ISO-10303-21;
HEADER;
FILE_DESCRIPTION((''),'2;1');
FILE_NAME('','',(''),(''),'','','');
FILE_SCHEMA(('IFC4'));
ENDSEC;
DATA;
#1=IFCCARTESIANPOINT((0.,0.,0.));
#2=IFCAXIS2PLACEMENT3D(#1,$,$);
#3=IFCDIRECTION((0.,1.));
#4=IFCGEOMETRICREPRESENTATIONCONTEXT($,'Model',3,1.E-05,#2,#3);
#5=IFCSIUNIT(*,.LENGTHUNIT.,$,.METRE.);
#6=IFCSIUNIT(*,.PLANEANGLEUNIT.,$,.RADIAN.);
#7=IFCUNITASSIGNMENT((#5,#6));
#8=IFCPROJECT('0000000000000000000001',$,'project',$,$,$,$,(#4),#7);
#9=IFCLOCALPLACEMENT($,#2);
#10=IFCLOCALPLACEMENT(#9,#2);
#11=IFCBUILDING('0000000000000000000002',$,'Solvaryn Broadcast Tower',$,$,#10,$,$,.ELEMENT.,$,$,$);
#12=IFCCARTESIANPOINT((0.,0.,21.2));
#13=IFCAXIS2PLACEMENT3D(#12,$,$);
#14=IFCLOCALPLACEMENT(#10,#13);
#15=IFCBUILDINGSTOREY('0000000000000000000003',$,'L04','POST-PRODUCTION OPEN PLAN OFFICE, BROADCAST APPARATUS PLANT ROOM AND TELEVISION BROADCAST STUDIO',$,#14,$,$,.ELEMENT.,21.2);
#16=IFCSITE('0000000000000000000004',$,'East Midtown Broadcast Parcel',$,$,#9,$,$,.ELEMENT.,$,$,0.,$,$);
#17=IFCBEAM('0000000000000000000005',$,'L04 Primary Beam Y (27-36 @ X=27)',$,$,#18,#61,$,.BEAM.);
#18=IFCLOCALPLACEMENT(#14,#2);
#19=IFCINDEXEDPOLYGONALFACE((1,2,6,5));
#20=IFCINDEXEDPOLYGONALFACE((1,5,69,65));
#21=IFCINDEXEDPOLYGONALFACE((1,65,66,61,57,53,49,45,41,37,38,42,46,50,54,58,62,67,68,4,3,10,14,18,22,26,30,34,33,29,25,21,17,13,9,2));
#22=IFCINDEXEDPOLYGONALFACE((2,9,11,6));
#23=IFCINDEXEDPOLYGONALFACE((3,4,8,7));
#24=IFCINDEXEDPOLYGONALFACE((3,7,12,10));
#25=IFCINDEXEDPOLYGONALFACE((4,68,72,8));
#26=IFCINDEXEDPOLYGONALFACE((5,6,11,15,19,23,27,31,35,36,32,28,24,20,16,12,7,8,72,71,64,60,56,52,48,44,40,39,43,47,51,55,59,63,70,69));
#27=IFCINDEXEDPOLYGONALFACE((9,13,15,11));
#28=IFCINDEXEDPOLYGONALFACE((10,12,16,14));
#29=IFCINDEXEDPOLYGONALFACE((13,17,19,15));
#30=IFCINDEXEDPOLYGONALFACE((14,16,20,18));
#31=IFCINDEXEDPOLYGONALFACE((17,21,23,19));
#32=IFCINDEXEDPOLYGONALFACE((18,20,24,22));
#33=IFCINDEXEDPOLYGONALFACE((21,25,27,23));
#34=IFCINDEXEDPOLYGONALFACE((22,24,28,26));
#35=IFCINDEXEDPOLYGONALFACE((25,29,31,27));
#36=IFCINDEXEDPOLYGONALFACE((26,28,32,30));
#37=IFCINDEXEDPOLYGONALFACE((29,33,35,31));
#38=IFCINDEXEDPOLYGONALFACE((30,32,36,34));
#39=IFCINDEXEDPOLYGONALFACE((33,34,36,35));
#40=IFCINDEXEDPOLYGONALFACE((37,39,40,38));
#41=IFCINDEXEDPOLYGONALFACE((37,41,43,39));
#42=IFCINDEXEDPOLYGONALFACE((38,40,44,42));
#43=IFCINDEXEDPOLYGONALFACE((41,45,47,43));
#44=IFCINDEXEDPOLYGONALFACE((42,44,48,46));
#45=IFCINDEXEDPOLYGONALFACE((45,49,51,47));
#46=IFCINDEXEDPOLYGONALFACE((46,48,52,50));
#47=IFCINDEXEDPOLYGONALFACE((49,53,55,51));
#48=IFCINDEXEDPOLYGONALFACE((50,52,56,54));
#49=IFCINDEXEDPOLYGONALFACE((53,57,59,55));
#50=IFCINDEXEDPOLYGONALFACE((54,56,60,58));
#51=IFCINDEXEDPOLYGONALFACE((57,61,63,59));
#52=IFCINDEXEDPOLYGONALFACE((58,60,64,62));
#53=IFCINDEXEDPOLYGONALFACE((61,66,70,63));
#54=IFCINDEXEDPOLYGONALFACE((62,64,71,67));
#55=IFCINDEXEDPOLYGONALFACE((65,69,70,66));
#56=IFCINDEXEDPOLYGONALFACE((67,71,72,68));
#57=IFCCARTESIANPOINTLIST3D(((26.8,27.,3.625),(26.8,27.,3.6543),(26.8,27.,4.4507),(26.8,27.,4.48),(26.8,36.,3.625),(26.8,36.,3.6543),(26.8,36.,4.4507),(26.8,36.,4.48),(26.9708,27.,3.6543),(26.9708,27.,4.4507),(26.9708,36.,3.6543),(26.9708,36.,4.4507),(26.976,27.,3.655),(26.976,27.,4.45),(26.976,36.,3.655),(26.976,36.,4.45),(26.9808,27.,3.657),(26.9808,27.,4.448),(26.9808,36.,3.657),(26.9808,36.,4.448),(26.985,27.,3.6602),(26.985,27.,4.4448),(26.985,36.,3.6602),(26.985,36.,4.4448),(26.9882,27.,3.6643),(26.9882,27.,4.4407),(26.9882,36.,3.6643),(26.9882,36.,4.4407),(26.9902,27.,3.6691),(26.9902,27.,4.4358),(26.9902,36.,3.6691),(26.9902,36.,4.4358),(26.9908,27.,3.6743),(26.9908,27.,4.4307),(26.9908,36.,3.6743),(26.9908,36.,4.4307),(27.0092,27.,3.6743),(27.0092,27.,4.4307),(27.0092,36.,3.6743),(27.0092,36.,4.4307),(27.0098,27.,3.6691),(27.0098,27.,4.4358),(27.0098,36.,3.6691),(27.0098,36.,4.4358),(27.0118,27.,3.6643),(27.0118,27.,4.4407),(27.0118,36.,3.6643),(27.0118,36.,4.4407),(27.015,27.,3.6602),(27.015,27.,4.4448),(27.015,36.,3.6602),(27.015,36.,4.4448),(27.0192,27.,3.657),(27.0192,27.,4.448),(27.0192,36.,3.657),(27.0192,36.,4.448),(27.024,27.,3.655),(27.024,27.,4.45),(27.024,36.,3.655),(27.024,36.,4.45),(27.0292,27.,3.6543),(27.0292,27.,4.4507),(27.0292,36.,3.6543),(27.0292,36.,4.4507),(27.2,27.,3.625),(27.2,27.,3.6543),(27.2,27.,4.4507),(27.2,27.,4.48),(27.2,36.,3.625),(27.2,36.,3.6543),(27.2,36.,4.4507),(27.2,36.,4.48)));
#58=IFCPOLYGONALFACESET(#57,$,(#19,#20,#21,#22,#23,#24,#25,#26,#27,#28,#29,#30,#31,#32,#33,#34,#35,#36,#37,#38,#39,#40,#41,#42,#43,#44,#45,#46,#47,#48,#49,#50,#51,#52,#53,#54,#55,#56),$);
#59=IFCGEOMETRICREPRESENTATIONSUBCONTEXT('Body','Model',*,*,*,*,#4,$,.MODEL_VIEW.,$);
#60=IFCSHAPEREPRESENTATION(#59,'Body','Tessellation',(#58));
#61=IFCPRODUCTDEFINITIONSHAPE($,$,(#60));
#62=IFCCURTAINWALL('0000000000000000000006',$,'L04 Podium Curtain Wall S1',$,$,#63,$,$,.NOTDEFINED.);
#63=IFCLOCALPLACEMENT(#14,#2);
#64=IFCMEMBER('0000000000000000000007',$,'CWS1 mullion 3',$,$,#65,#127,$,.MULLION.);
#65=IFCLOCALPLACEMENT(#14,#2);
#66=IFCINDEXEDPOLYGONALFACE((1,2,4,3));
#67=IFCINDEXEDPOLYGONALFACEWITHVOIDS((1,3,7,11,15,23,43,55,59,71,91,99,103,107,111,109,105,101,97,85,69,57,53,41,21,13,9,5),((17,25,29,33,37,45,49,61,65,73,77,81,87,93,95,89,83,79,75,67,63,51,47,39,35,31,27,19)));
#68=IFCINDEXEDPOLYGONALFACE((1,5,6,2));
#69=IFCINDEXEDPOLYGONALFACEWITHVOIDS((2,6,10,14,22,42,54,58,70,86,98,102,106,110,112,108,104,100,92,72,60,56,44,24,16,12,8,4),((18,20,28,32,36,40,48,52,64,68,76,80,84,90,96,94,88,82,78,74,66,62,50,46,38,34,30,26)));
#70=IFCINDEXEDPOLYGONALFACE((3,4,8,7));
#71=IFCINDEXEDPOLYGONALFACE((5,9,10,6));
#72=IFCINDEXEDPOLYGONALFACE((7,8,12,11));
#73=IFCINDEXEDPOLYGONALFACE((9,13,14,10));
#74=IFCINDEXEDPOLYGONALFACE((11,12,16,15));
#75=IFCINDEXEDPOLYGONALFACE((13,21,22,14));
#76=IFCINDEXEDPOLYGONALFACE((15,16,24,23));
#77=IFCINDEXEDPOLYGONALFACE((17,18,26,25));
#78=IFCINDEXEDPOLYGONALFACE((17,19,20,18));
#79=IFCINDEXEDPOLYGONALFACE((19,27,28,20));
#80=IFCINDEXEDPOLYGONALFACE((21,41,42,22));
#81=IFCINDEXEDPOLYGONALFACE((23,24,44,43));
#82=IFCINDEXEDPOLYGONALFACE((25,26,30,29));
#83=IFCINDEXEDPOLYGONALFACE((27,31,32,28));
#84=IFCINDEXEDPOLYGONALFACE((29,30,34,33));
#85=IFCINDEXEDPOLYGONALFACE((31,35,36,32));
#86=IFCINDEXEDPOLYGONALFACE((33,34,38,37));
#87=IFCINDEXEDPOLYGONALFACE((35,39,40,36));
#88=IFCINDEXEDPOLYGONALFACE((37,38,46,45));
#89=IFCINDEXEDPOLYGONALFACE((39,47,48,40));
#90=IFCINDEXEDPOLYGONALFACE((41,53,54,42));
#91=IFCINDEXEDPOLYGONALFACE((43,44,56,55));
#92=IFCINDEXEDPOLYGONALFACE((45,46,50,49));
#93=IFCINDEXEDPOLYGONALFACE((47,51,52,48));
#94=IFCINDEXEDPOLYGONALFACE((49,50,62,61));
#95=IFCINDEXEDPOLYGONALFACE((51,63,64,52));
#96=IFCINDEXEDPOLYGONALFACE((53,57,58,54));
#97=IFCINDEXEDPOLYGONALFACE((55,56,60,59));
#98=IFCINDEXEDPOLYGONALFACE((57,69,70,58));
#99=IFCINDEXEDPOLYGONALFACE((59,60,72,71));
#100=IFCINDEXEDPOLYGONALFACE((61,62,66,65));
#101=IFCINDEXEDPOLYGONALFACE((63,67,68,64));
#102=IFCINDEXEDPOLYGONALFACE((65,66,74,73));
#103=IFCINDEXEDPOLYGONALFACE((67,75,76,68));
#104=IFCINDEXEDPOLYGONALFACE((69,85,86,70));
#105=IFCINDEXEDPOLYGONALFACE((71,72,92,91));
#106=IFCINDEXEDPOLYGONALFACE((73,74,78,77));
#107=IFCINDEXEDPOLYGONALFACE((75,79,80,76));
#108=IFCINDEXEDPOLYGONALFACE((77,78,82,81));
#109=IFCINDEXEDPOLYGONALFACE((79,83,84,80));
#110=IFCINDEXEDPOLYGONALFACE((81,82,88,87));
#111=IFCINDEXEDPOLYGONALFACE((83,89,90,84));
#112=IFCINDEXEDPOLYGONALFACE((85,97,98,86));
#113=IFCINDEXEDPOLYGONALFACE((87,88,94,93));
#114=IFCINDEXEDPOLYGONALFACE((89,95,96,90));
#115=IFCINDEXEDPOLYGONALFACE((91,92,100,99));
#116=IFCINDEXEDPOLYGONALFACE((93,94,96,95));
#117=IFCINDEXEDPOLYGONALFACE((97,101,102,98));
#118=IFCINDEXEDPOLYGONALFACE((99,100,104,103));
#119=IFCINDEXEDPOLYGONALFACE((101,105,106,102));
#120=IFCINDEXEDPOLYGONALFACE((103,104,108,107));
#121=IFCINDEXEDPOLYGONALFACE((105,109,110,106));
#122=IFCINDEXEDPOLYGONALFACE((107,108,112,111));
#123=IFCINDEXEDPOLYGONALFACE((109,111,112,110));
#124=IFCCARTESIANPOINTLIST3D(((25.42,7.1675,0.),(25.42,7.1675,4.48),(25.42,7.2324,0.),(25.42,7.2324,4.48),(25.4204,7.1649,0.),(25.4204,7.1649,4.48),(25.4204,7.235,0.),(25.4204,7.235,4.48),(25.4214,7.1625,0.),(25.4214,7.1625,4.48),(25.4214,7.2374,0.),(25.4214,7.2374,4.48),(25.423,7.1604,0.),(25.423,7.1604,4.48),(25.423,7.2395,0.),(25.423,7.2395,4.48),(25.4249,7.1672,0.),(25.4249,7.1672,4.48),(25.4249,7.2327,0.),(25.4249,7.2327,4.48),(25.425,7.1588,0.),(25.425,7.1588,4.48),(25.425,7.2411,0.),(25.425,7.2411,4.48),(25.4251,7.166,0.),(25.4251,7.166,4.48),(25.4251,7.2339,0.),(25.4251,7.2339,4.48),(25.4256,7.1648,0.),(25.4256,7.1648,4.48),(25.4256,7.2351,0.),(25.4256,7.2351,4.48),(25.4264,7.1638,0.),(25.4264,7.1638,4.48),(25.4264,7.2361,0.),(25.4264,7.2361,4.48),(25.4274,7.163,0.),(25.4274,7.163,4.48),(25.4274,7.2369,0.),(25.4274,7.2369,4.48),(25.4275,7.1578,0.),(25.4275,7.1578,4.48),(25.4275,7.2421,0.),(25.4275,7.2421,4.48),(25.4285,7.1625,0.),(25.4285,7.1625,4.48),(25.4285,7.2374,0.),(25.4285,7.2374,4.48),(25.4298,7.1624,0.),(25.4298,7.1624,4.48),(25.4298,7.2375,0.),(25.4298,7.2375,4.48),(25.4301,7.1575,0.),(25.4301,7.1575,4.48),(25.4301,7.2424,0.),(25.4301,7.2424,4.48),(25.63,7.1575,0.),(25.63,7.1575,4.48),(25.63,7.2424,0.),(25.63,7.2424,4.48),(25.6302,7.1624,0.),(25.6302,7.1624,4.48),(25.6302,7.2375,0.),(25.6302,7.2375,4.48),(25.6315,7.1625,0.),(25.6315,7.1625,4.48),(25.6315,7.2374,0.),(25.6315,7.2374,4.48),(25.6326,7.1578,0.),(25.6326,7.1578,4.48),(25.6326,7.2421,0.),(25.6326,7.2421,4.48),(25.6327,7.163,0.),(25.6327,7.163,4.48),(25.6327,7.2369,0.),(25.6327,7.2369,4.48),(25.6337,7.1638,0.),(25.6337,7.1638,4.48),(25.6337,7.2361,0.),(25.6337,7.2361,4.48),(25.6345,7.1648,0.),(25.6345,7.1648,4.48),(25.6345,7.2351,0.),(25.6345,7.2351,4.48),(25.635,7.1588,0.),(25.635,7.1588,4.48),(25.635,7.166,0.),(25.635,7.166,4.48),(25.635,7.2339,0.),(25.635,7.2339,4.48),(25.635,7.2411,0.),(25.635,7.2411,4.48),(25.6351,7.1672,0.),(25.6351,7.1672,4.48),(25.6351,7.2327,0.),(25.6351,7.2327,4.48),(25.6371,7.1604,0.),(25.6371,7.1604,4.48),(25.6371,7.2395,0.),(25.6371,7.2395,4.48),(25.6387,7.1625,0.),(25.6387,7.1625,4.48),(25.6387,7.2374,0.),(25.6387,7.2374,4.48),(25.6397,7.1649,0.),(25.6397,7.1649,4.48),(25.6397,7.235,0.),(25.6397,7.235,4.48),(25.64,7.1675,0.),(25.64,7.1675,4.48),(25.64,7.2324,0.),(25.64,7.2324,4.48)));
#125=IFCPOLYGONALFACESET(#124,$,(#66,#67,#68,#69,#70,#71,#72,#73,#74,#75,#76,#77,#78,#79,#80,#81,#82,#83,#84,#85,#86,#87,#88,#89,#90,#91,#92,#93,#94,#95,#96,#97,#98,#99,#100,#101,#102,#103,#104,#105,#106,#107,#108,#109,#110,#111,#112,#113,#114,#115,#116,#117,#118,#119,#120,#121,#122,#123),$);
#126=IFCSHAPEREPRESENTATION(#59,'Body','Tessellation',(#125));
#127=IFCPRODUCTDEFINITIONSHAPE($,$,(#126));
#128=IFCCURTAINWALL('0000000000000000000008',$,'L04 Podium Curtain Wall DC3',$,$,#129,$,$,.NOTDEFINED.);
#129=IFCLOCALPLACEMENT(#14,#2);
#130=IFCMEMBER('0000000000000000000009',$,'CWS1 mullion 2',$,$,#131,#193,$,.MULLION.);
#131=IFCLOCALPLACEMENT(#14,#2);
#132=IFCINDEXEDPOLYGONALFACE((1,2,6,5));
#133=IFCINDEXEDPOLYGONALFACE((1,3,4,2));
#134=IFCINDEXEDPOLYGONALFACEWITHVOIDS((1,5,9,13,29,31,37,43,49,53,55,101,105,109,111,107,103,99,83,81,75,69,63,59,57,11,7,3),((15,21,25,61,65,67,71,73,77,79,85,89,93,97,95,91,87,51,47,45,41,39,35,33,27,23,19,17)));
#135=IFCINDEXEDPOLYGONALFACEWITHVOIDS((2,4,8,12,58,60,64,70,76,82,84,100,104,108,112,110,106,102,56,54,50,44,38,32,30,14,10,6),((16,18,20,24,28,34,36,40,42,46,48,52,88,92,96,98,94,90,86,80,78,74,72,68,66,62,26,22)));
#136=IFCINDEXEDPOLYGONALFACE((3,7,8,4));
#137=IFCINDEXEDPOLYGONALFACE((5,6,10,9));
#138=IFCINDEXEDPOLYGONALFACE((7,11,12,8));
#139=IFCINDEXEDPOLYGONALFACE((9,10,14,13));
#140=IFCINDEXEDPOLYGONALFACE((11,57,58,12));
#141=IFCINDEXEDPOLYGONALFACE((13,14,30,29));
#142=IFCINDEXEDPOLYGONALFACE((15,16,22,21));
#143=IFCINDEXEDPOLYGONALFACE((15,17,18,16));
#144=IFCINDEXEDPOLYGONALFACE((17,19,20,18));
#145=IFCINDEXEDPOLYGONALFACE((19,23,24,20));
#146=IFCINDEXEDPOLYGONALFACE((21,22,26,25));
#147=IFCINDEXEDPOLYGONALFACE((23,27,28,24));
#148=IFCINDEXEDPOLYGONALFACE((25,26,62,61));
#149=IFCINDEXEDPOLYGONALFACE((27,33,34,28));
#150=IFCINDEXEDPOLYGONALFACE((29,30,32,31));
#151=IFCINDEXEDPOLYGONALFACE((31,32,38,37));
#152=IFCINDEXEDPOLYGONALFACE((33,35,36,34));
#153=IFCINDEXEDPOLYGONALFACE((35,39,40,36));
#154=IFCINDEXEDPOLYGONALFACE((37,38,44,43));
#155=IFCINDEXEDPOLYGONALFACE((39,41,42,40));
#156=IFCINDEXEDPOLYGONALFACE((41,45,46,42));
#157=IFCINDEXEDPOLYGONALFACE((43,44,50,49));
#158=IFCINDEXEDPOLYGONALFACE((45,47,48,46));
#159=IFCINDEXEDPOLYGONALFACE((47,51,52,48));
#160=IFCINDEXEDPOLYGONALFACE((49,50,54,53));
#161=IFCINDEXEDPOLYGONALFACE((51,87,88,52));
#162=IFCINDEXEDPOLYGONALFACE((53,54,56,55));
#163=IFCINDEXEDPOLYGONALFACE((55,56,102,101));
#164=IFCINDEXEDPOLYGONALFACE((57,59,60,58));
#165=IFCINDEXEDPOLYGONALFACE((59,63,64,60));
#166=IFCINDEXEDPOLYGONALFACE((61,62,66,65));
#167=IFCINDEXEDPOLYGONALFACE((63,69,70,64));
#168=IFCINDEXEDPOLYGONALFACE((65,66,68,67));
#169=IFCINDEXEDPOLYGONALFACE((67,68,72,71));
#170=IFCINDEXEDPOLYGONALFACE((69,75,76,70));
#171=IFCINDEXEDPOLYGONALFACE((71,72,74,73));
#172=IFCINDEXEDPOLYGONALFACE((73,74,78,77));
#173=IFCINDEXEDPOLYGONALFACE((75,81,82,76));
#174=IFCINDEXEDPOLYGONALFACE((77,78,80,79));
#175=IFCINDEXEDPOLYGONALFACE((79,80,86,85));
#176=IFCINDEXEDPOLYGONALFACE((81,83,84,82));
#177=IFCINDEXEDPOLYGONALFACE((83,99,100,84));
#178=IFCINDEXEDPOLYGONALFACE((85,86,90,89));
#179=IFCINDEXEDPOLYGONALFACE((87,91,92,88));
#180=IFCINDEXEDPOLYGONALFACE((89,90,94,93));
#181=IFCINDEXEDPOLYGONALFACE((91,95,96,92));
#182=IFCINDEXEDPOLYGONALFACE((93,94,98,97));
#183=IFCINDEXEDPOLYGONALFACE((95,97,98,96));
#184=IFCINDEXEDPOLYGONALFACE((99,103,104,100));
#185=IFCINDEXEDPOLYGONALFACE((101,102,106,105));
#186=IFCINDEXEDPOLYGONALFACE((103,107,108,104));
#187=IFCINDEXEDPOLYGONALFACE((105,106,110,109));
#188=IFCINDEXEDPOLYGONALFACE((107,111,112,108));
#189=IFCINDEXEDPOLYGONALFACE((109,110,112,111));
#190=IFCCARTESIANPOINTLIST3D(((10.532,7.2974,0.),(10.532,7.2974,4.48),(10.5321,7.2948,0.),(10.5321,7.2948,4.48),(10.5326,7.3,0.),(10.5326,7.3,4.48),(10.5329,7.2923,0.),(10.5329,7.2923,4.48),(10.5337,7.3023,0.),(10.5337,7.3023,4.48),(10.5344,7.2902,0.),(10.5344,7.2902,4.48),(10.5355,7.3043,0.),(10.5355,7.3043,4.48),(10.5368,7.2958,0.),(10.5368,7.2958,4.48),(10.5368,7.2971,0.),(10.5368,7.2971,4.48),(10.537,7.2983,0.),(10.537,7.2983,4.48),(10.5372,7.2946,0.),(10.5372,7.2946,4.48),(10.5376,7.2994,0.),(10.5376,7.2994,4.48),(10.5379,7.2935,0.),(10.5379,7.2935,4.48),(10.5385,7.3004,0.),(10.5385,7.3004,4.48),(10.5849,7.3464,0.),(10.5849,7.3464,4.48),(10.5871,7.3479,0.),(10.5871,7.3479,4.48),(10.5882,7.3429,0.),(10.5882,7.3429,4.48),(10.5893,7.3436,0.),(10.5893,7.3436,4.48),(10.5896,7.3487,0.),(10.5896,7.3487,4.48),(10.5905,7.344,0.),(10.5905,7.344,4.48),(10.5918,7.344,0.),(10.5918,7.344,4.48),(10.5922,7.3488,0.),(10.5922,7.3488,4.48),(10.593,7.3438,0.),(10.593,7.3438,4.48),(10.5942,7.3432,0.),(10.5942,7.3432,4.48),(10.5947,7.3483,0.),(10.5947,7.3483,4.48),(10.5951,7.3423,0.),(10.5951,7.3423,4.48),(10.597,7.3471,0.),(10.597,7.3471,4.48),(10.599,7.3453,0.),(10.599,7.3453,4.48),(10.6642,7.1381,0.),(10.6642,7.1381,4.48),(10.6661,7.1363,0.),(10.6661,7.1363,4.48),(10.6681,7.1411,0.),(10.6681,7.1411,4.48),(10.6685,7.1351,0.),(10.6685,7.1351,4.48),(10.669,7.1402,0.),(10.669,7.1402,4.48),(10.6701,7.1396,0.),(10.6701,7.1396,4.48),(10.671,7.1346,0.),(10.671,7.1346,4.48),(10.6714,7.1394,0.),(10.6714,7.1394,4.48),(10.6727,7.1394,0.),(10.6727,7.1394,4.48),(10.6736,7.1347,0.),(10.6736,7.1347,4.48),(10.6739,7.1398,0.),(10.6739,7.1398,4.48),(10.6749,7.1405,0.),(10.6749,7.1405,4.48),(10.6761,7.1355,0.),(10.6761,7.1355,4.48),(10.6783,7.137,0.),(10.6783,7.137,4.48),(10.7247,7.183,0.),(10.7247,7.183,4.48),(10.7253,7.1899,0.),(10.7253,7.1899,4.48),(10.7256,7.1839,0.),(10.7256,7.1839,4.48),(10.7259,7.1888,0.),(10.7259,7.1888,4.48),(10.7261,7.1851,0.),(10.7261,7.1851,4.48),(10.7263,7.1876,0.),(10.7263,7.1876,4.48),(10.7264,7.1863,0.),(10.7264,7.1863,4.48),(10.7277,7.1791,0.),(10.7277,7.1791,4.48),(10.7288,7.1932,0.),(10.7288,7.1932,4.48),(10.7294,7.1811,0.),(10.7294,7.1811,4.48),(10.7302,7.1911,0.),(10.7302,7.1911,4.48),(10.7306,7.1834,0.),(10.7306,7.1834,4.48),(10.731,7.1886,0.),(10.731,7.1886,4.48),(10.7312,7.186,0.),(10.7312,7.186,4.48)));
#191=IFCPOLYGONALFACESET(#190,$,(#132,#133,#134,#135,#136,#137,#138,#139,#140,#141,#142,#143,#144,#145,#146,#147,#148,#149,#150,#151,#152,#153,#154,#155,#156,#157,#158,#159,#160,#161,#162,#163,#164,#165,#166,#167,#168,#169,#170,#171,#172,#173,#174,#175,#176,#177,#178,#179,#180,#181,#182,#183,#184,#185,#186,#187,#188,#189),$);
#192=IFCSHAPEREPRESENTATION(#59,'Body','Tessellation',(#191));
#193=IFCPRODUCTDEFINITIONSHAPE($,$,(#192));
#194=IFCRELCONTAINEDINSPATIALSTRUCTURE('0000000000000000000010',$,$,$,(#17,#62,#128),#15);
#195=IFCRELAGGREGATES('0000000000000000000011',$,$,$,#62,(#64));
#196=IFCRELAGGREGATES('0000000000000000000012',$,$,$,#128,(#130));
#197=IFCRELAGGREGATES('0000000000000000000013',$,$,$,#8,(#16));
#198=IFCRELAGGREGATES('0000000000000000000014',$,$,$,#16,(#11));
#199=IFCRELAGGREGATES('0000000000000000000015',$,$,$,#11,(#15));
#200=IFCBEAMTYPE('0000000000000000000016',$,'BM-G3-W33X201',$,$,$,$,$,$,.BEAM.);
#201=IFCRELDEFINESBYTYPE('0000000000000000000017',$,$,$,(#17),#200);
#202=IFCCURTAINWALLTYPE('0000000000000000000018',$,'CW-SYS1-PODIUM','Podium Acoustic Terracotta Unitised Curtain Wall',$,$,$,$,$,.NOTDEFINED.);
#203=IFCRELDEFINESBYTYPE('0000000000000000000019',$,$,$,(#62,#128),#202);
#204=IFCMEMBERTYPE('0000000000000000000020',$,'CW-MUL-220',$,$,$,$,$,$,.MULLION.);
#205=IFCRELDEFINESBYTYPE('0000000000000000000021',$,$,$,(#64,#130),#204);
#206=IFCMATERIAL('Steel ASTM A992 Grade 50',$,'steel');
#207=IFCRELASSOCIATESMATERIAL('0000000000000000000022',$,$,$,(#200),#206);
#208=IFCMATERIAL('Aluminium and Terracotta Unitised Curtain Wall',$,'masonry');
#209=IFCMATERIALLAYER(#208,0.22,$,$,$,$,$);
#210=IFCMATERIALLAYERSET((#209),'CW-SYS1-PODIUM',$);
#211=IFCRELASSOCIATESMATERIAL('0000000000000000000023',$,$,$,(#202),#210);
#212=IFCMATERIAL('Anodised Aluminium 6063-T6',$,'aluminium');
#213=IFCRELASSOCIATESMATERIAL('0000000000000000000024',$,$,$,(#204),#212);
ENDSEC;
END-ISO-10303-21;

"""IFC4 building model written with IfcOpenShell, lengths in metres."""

from ifc_helpers import new_model, si_unit, direction, frame, origin, origin_2d, place, context, subcontext, project, spatial, hollow_rectangle, i_section, extrude, material, layer, layer_set, material_profile, profile_set, type_object, element, aggregate, save


model = new_model("IFC4")

# Units and contexts
model_context = context("Model", 3, precision=1e-05, world=origin(), true_north=direction((0.0, 1.0)))
body_context = subcontext(model_context, "Body", "Model", "MODEL_VIEW")
ifc_project = project(units=[si_unit("LENGTHUNIT", "METRE"), si_unit("PLANEANGLEUNIT", "RADIAN")], contexts=[model_context])

# Site, building, storey
site_placement = place(None, origin())
site = spatial("IfcSite", under=ifc_project, at=site_placement, Name="East Midtown Broadcast Parcel", CompositionType="ELEMENT", RefElevation=0.0)
building_placement = place(site_placement, origin())
building = spatial("IfcBuilding", under=site, at=building_placement, Name="Solvaryn Broadcast Tower", CompositionType="ELEMENT")
storey_placement = place(building_placement, frame((0.0, 0.0, 21.2)))
storey = spatial("IfcBuildingStorey", under=building, at=storey_placement, Name="L04", Description="POST-PRODUCTION OPEN PLAN OFFICE, BROADCAST APPARATUS PLANT ROOM AND TELEVISION BROADCAST STUDIO", CompositionType="ELEMENT", Elevation=21.2)

# Beam
ifc_material_1 = material(Name="Steel ASTM A992 Grade 50", Category="steel")
ifc_material_profile_1 = material_profile(ifc_material_1, i_section(OverallWidth=0.3999, OverallDepth=0.855, WebThickness=0.0183, FlangeThickness=0.0293, FilletRadius=0.02, at=origin_2d()))
ifc_profile_set_1 = profile_set([ifc_material_profile_1], Name="Steel ASTM A992 Grade 50")
beam_type_1 = type_object("IfcBeamType", Name="BM-G3-W33X201", PredefinedType="BEAM", material=ifc_profile_set_1)
beam_1_placement = place(storey_placement, frame((27.0, 27.0, 4.0525), z_axis=(0.0, 1.0, 0.0), x_axis=(-1.0, 0.0, 0.0)))
element("IfcBeam", 1, at=beam_1_placement, inside=storey, type_object=beam_type_1, Name="L04 Primary Beam Y (27-36 @ X=27)", PredefinedType="BEAM", context=body_context, shape_type="SweptSolid", body=[
    extrude(i_section(OverallWidth=0.3999, OverallDepth=0.855, WebThickness=0.0183, FlangeThickness=0.0293, FilletRadius=0.02, at=origin_2d()), origin(), (0.0, 0.0, 1.0), 9.0),
])

# Curtain walls, members
ifc_material_2 = material(Name="Aluminium and Terracotta Unitised Curtain Wall", Category="masonry")
ifc_layer_1 = layer(ifc_material_2, 0.22)
ifc_layer_set_1 = layer_set([ifc_layer_1], Name="CW-SYS1-PODIUM")
curtain_wall_type = type_object("IfcCurtainWallType", Name="CW-SYS1-PODIUM", Description="Podium Acoustic Terracotta Unitised Curtain Wall", PredefinedType="NOTDEFINED", material=ifc_layer_set_1)
curtain_wall_1_placement = place(storey_placement, origin())
curtain_wall_1 = element("IfcCurtainWall", 2, at=curtain_wall_1_placement, inside=storey, type_object=curtain_wall_type, Name="L04 Podium Curtain Wall S1", PredefinedType="NOTDEFINED")
ifc_material_3 = material(Name="Anodised Aluminium 6063-T6", Category="aluminium")
ifc_material_profile_2 = material_profile(ifc_material_3, hollow_rectangle(XDim=0.085, YDim=0.22, WallThickness=0.0049, InnerFilletRadius=0.0049, OuterFilletRadius=0.01, at=origin_2d()))
ifc_profile_set_2 = profile_set([ifc_material_profile_2], Name="Anodised Aluminium 6063-T6")
member_type = type_object("IfcMemberType", Name="CW-MUL-220", PredefinedType="MULLION", material=ifc_profile_set_2)
member_1_placement = place(storey_placement, frame((25.53, 7.2, 0.0), z_axis=(0.0, 0.0, 1.0), x_axis=(0.0, -1.0, 0.0)))
member_1 = element("IfcMember", 3, at=member_1_placement, type_object=member_type, Name="CWS1 mullion 3", PredefinedType="MULLION", context=body_context, shape_type="SweptSolid", body=[
    extrude(hollow_rectangle(XDim=0.085, YDim=0.22, WallThickness=0.0049, InnerFilletRadius=0.0049, OuterFilletRadius=0.01, at=origin_2d()), origin(), (0.0, 0.0, 1.0), 4.48),
])
aggregate(curtain_wall_1, [member_1])
curtain_wall_2_placement = place(storey_placement, origin())
curtain_wall_2 = element("IfcCurtainWall", 4, at=curtain_wall_2_placement, inside=storey, type_object=curtain_wall_type, Name="L04 Podium Curtain Wall DC3", PredefinedType="NOTDEFINED")
member_2_placement = place(storey_placement, frame((10.6316, 7.2417, 0.0), z_axis=(0.0, 0.0, 1.0), x_axis=(0.760567, 0.649259, 0.0)))
member_2 = element("IfcMember", 5, at=member_2_placement, type_object=member_type, Name="CWS1 mullion 2", PredefinedType="MULLION", context=body_context, shape_type="SweptSolid", body=[
    extrude(hollow_rectangle(XDim=0.085, YDim=0.22, WallThickness=0.0049, InnerFilletRadius=0.0049, OuterFilletRadius=0.01, at=origin_2d()), origin(), (0.0, 0.0, 1.0), 4.48),
])
aggregate(curtain_wall_2, [member_2])

save(model, "model.ifc")
